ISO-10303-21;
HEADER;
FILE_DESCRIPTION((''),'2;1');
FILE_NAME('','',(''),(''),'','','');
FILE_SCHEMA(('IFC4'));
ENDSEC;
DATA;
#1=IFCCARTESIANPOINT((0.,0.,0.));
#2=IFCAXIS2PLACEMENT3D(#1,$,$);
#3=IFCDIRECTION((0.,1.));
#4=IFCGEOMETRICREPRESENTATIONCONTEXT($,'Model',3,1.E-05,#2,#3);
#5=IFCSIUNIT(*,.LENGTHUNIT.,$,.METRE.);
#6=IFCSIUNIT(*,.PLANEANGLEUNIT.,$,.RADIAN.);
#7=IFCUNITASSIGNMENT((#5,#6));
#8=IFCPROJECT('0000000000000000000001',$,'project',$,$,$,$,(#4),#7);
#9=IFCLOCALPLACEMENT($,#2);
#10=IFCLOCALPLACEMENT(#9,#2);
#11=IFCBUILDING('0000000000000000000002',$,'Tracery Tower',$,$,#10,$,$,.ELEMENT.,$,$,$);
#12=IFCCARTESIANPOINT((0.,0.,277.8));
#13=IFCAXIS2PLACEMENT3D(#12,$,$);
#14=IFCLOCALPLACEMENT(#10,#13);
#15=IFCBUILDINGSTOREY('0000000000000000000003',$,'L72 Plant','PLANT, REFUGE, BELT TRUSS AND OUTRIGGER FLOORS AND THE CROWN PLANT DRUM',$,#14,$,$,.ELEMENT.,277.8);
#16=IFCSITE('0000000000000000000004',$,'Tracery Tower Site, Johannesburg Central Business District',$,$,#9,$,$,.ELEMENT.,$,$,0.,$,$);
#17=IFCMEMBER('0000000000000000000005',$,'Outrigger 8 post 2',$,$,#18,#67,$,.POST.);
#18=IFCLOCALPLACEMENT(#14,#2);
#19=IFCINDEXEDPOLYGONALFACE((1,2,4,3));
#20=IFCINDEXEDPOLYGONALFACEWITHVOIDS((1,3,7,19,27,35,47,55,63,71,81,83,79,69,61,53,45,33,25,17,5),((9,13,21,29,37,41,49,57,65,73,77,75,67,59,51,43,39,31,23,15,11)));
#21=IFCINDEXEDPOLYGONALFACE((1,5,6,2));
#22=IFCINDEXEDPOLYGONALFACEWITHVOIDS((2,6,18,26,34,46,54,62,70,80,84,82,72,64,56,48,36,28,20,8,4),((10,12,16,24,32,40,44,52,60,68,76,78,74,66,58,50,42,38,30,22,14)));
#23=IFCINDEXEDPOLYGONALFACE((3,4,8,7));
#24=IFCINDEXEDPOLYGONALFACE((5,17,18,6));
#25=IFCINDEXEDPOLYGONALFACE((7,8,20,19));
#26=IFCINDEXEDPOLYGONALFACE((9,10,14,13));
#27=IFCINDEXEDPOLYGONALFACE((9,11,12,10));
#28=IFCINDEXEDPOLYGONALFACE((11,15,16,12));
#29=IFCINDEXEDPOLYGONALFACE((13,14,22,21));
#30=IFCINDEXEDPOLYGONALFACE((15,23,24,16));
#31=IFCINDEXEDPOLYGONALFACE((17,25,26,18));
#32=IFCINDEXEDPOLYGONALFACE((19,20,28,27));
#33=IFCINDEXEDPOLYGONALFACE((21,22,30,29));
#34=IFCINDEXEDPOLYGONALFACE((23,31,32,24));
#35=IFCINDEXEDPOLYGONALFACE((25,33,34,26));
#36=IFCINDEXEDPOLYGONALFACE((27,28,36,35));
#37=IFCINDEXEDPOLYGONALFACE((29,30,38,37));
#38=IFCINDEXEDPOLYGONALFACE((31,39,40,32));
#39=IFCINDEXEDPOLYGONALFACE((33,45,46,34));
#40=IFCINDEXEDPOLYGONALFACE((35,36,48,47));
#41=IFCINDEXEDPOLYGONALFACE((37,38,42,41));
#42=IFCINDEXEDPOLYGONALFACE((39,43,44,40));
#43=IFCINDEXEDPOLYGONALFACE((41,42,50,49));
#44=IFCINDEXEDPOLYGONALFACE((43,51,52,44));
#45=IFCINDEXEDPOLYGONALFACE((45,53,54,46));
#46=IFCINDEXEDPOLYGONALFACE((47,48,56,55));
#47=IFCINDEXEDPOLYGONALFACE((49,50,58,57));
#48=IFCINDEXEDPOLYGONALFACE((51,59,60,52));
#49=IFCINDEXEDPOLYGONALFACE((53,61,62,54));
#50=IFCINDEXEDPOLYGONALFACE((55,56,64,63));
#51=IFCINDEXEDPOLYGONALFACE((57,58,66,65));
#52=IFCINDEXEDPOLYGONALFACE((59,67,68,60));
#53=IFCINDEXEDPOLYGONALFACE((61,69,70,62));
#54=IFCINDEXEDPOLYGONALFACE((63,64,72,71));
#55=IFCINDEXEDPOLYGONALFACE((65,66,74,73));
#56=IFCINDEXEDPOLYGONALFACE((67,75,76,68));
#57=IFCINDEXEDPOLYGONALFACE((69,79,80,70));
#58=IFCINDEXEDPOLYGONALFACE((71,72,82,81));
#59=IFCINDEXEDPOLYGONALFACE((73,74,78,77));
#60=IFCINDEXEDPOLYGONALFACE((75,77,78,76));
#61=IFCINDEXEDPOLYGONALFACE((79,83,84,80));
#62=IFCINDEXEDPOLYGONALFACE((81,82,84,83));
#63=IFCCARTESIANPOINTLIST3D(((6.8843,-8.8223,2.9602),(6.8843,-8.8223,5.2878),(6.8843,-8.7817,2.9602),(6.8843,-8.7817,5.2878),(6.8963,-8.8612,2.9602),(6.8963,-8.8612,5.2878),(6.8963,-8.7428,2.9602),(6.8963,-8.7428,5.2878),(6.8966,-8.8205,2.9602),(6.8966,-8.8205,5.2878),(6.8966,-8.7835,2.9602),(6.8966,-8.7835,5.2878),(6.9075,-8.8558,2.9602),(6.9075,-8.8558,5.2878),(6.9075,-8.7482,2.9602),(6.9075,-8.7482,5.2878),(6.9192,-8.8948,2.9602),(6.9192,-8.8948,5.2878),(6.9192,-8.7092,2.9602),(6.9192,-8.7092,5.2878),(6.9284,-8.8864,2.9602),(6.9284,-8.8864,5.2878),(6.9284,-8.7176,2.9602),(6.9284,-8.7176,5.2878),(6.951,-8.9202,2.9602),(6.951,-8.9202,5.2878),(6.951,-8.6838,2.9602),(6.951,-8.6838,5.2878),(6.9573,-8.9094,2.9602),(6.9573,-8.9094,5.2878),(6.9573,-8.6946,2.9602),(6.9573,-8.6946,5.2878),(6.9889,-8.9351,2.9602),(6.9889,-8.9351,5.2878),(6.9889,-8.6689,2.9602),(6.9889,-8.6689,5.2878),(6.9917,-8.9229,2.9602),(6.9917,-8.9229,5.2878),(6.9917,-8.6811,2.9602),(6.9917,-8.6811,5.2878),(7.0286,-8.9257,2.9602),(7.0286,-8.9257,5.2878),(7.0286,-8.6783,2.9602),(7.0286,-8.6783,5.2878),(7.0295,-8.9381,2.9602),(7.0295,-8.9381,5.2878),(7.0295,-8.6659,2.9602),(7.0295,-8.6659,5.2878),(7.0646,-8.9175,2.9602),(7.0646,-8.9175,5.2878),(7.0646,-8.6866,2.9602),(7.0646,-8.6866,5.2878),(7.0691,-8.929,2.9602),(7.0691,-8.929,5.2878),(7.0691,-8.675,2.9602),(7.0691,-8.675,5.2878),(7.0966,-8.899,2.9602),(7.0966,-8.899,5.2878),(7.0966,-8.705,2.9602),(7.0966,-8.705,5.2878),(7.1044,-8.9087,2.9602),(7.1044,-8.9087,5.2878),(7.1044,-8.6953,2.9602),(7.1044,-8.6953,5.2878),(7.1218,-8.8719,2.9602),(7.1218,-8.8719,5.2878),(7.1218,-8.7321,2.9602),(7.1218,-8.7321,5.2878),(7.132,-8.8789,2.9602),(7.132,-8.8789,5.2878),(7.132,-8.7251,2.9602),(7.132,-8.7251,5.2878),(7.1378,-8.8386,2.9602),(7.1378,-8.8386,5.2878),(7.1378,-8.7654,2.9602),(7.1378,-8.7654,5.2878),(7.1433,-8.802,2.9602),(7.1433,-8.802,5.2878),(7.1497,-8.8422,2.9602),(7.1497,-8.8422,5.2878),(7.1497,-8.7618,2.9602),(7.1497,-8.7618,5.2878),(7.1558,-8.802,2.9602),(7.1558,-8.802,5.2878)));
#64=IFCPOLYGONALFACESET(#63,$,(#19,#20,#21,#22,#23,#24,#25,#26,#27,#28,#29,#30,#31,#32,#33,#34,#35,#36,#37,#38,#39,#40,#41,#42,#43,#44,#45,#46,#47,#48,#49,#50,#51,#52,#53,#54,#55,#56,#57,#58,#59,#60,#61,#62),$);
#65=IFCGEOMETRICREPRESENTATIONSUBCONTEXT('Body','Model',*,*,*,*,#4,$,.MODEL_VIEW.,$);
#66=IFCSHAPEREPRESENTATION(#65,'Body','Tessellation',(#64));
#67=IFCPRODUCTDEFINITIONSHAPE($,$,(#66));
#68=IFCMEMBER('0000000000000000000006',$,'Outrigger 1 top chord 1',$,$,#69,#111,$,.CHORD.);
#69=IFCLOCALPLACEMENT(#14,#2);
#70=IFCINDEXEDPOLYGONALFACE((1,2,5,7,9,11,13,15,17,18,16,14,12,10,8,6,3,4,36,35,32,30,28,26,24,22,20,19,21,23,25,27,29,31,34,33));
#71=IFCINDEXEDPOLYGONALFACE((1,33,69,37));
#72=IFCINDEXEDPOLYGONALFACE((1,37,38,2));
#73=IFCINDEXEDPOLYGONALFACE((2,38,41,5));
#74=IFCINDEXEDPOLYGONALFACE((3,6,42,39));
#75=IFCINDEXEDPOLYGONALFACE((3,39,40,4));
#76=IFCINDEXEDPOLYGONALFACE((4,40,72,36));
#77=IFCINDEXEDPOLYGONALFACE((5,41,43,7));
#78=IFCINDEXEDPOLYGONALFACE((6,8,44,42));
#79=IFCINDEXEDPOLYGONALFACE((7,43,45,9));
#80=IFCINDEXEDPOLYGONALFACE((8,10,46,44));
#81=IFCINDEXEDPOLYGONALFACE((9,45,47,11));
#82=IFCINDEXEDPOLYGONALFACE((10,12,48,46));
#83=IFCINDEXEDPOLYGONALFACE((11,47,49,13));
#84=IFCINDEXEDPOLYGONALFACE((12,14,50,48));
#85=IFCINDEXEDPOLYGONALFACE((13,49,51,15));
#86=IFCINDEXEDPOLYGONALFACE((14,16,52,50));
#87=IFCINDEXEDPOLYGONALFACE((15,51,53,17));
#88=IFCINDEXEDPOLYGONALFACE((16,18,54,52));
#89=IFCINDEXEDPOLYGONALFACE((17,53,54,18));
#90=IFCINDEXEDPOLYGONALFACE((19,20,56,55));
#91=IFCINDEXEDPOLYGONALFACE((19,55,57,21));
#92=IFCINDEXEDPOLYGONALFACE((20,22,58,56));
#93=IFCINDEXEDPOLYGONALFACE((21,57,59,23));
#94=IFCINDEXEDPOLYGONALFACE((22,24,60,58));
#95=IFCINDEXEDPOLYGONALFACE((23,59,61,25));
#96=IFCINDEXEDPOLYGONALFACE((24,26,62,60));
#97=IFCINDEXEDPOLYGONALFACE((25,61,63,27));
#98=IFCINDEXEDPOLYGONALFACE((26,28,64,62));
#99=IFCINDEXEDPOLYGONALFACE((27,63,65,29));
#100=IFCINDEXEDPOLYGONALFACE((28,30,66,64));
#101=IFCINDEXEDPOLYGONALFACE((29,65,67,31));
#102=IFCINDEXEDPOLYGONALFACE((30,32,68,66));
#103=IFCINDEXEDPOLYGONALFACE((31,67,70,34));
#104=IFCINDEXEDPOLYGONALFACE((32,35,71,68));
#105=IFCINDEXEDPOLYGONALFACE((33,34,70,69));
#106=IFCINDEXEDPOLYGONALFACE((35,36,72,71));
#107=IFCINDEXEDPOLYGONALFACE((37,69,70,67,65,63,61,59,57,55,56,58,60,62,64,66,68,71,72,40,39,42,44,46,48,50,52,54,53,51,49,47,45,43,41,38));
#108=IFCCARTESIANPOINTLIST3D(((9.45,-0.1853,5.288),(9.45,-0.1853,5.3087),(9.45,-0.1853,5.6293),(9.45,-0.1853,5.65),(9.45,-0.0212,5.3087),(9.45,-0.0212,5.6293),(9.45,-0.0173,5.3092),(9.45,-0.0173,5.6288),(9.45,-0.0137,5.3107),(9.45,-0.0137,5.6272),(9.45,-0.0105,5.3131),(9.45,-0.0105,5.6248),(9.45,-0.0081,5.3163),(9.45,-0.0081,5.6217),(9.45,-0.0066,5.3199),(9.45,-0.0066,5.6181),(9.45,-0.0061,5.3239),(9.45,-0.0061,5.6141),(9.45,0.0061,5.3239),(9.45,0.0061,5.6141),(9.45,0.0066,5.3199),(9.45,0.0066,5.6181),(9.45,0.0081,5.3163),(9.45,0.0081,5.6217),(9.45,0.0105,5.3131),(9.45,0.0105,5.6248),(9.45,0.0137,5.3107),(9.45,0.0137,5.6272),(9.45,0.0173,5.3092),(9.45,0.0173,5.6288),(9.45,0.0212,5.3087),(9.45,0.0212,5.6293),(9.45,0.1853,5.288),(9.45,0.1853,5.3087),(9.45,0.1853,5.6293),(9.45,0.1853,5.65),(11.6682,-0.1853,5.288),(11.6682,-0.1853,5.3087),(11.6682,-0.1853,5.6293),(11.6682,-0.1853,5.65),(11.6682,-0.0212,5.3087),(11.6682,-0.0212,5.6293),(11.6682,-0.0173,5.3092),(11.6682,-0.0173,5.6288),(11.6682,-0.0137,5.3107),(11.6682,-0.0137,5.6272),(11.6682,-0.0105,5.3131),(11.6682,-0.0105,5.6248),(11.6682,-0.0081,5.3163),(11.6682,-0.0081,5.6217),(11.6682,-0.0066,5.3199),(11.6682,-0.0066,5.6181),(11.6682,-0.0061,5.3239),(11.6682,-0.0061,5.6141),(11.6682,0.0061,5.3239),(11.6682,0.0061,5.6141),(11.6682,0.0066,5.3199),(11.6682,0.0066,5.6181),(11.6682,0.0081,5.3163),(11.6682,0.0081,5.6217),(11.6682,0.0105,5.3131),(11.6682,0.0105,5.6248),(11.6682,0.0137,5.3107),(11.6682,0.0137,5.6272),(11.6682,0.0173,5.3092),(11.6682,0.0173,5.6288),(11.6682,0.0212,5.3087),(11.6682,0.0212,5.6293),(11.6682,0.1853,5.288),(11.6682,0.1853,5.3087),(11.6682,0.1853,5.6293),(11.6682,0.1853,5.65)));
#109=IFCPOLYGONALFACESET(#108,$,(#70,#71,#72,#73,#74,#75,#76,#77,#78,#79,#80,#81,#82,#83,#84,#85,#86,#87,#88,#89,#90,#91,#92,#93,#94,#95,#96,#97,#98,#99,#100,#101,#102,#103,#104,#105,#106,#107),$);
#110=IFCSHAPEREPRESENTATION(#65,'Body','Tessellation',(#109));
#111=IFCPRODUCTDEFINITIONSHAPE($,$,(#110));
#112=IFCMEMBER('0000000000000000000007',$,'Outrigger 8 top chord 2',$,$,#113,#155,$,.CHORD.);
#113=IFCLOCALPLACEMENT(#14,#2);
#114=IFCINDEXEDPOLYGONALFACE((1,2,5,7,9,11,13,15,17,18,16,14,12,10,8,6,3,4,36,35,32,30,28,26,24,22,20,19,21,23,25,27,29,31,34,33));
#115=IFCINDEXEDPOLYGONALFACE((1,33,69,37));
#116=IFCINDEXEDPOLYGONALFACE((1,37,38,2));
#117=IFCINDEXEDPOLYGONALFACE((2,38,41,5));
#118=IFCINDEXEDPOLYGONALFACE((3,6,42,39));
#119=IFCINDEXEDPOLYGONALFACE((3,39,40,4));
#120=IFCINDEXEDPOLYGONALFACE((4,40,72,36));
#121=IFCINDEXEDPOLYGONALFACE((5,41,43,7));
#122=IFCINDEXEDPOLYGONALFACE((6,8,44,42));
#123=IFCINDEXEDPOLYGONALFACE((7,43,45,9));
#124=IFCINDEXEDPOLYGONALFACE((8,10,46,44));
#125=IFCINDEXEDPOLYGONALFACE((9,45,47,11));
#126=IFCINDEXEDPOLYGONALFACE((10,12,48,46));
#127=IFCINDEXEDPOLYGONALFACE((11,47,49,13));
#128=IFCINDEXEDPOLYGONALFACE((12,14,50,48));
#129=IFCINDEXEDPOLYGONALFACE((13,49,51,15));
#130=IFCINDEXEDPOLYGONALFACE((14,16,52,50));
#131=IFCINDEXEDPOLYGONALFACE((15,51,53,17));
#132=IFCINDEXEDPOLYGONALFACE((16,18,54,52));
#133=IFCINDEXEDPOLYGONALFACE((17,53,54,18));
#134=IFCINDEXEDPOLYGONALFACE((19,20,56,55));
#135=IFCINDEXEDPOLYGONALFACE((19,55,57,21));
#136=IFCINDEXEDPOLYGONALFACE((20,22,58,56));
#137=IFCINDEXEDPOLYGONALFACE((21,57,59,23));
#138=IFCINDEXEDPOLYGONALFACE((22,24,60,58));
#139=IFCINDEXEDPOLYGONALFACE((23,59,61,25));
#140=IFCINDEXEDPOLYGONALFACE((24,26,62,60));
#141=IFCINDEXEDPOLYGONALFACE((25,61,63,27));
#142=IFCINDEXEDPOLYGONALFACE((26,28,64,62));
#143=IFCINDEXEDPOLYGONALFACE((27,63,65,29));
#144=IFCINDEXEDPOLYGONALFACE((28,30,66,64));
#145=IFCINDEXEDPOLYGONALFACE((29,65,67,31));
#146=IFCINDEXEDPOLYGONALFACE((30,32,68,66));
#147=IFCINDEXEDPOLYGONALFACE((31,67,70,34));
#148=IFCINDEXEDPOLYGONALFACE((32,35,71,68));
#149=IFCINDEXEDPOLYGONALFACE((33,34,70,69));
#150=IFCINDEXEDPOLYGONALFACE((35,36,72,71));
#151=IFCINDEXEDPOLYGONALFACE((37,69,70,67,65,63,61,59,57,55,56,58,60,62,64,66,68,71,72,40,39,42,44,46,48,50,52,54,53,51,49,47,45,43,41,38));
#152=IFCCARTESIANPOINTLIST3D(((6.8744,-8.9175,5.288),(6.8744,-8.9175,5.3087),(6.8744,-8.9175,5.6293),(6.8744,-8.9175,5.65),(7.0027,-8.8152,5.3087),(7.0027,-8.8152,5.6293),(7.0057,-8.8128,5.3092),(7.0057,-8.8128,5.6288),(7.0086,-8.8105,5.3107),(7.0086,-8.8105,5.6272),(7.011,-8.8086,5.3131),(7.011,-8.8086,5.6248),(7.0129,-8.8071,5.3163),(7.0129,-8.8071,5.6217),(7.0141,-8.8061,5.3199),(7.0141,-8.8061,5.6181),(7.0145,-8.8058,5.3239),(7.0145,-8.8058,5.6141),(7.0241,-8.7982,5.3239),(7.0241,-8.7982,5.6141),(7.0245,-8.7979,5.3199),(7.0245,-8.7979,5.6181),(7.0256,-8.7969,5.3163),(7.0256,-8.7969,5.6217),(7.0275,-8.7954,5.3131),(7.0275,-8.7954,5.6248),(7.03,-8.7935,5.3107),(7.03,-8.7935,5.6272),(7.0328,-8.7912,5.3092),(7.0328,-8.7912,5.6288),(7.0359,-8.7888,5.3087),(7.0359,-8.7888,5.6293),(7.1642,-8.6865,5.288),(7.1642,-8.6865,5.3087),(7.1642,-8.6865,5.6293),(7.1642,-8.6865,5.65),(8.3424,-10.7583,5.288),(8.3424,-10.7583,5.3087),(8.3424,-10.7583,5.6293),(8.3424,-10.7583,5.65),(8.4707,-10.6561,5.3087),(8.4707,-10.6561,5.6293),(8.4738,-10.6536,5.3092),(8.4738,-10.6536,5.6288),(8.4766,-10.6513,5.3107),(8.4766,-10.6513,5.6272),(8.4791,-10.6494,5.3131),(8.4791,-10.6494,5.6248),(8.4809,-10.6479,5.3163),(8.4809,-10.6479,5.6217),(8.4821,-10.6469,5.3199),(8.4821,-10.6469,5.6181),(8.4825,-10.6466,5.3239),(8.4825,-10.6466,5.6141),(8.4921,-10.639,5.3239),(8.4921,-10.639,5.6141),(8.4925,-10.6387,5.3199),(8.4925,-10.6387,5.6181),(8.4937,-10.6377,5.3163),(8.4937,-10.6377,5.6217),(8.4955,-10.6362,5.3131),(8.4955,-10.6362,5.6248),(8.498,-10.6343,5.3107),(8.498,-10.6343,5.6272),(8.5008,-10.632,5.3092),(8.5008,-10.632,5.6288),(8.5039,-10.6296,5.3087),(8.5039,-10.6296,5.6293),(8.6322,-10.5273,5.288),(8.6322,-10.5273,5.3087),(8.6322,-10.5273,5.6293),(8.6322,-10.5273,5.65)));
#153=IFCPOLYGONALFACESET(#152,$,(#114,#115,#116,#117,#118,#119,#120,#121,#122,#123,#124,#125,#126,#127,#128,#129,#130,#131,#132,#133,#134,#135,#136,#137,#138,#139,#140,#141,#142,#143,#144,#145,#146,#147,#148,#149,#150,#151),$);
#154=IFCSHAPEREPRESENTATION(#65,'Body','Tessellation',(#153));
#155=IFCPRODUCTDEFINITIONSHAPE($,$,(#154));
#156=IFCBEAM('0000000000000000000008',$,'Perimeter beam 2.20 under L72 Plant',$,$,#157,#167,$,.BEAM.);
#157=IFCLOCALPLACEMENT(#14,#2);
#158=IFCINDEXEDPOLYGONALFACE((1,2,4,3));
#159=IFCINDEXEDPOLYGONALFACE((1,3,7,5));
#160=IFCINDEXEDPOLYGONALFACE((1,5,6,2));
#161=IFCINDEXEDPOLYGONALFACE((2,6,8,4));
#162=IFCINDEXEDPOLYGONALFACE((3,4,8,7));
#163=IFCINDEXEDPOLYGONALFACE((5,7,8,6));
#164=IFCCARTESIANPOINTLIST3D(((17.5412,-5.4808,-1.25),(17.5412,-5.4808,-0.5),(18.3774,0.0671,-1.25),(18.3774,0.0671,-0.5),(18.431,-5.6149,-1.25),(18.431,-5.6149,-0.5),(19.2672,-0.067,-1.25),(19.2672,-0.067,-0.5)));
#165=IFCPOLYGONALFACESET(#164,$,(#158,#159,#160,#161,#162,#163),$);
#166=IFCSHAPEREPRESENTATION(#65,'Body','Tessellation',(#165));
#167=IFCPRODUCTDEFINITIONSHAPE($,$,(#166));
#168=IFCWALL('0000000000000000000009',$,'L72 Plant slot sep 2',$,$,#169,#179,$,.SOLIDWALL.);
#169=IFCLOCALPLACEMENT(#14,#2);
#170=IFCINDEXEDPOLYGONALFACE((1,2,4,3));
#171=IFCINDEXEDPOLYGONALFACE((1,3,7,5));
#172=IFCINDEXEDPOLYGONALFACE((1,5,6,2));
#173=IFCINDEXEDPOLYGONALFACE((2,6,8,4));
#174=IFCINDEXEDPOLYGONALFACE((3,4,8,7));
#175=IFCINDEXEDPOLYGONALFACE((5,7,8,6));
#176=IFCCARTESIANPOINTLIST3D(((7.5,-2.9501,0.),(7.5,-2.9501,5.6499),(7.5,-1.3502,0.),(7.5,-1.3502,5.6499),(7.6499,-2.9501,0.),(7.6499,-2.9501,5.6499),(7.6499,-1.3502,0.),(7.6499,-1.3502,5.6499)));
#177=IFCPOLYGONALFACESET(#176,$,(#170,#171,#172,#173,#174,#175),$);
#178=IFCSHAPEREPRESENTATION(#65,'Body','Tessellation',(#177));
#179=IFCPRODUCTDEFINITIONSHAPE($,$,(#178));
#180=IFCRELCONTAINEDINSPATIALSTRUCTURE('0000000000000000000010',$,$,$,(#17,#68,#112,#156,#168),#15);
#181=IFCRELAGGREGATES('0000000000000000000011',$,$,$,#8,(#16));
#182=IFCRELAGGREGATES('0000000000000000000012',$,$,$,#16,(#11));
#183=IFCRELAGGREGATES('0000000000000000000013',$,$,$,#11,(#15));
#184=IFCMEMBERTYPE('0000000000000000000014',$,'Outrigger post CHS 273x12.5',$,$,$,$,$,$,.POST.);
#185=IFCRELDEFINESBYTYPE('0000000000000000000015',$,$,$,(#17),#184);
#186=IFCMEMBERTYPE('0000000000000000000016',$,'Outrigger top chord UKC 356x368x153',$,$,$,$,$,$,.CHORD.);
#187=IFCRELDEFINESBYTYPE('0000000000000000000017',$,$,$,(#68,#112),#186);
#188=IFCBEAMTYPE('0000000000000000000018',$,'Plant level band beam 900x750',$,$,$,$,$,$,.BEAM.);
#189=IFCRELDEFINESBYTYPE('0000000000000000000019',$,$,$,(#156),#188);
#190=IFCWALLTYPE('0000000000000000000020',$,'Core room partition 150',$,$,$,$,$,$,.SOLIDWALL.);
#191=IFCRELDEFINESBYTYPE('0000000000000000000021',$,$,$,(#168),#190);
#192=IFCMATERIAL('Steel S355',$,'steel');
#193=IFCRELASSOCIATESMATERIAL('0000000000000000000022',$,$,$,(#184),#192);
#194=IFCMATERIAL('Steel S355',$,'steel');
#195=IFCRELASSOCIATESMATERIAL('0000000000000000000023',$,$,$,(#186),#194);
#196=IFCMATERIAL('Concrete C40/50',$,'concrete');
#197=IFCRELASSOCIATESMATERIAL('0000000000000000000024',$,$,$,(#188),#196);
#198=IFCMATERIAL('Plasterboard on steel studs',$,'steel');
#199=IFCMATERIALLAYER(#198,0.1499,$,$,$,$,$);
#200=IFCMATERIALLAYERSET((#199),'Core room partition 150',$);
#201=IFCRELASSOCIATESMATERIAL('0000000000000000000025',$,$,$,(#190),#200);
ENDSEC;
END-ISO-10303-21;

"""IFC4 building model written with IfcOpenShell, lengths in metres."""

from ifc_helpers import new_model, si_unit, direction, frame, frame_2d, origin, origin_2d, place, context, subcontext, project, spatial, rectangle, hollow_circle, i_section, extrude, material, layer, layer_set, material_profile, profile_set, type_object, element, save


model = new_model("IFC4")

# Units and contexts
model_context = context("Model", 3, precision=1e-05, world=origin(), true_north=direction((0.0, 1.0)))
body_context = subcontext(model_context, "Body", "Model", "MODEL_VIEW")
ifc_project = project(units=[si_unit("LENGTHUNIT", "METRE"), si_unit("PLANEANGLEUNIT", "RADIAN")], contexts=[model_context])

# Site, building, storey
site_placement = place(None, origin())
site = spatial("IfcSite", under=ifc_project, at=site_placement, Name="Tracery Tower Site, Johannesburg Central Business District", CompositionType="ELEMENT", RefElevation=0.0)
building_placement = place(site_placement, origin())
building = spatial("IfcBuilding", under=site, at=building_placement, Name="Tracery Tower", CompositionType="ELEMENT")
storey_placement = place(building_placement, frame((0.0, 0.0, 277.8)))
storey = spatial("IfcBuildingStorey", under=building, at=storey_placement, Name="L72 Plant", Description="PLANT, REFUGE, BELT TRUSS AND OUTRIGGER FLOORS AND THE CROWN PLANT DRUM", CompositionType="ELEMENT", Elevation=277.8)

# Members
ifc_material_1 = material(Name="Steel S355", Category="steel")
ifc_material_profile_1 = material_profile(ifc_material_1, hollow_circle(Radius=0.1365, WallThickness=0.0125, at=origin_2d()), Name="CHS 273x12.5")
ifc_profile_set_1 = profile_set([ifc_material_profile_1], Name="Steel S355")
member_type_1 = type_object("IfcMemberType", Name="Outrigger post CHS 273x12.5", PredefinedType="POST", material=ifc_profile_set_1)
for number, where, z_axis, x_axis, name in (
    (1, (7.0193, -8.802, 2.9602), (0.0, 0.0, 1.0), (1.0, 0.0, 0.0), "Outrigger 8 post 2"),
):
    element("IfcMember", number, at=place(storey_placement, frame(where, z_axis=z_axis, x_axis=x_axis)), inside=storey, type_object=member_type_1, Name=name, PredefinedType="POST", context=body_context, shape_type="SweptSolid", body=[
        extrude(hollow_circle(Radius=0.1365, WallThickness=0.0125, at=origin_2d()), origin(), (0.0, 0.0, 1.0), 2.3276),
    ])
ifc_material_2 = material(Name="Steel S355", Category="steel")
ifc_material_profile_2 = material_profile(ifc_material_2, i_section(OverallWidth=0.3706, OverallDepth=0.3621, WebThickness=0.0122, FlangeThickness=0.0208, FilletRadius=0.0151, at=origin_2d()), Name="UKC 356x368x153")
ifc_profile_set_2 = profile_set([ifc_material_profile_2], Name="Steel S355")
member_type_2 = type_object("IfcMemberType", Name="Outrigger top chord UKC 356x368x153", PredefinedType="CHORD", material=ifc_profile_set_2)
member_1_placement = place(storey_placement, frame((9.45, 0.0, 5.469), z_axis=(1.0, 0.0, 0.0), x_axis=(0.0, 1.0, 0.0)))
element("IfcMember", 2, at=member_1_placement, inside=storey, type_object=member_type_2, Name="Outrigger 1 top chord 1", PredefinedType="CHORD", context=body_context, shape_type="SweptSolid", body=[
    extrude(i_section(OverallWidth=0.3706, OverallDepth=0.3621, WebThickness=0.0122, FlangeThickness=0.0208, FilletRadius=0.0151, at=origin_2d()), origin(), (0.0, 0.0, 1.0), 2.2183),
])
member_2_placement = place(storey_placement, frame((7.0193, -8.802, 5.469), z_axis=(0.623493, -0.781829, 0.0), x_axis=(0.781829, 0.623493, 0.0)))
element("IfcMember", 3, at=member_2_placement, inside=storey, type_object=member_type_2, Name="Outrigger 8 top chord 2", PredefinedType="CHORD", context=body_context, shape_type="SweptSolid", body=[
    extrude(i_section(OverallWidth=0.3706, OverallDepth=0.3621, WebThickness=0.0122, FlangeThickness=0.0208, FilletRadius=0.0151, at=origin_2d()), origin(), (0.0, 0.0, 1.0), 2.3545),
])

# Beam
ifc_material_3 = material(Name="Concrete C40/50", Category="concrete")
ifc_material_profile_3 = material_profile(ifc_material_3, rectangle(XDim=0.8999, YDim=0.75, at=origin_2d()), Name="RC 900x750")
ifc_profile_set_3 = profile_set([ifc_material_profile_3], Name="Concrete C40/50")
beam_type_1 = type_object("IfcBeamType", Name="Plant level band beam 900x750", PredefinedType="BEAM", material=ifc_profile_set_3)
beam_1_placement = place(storey_placement, frame((17.9861, -5.5479, -0.875), z_axis=(0.149038, 0.988831, 0.0), x_axis=(-0.988831, 0.149038, 0.0)))
element("IfcBeam", 4, at=beam_1_placement, inside=storey, type_object=beam_type_1, Name="Perimeter beam 2.20 under L72 Plant", PredefinedType="BEAM", context=body_context, shape_type="SweptSolid", body=[
    extrude(rectangle(XDim=0.8999, YDim=0.75, at=origin_2d()), origin(), (0.0, 0.0, 1.0), 5.6106),
])

# Wall
ifc_material_4 = material(Name="Plasterboard on steel studs", Category="steel")
ifc_layer_1 = layer(ifc_material_4, 0.1499)
ifc_layer_set_1 = layer_set([ifc_layer_1], Name="Core room partition 150")
wall_type_1 = type_object("IfcWallType", Name="Core room partition 150", PredefinedType="SOLIDWALL", material=ifc_layer_set_1)
wall_1_placement = place(storey_placement, frame((7.575, -2.95, 0.0), z_axis=(0.0, 0.0, 1.0), x_axis=(0.0, 1.0, 0.0)))
element("IfcWall", 5, at=wall_1_placement, inside=storey, type_object=wall_type_1, Name="L72 Plant slot sep 2", PredefinedType="SOLIDWALL", context=body_context, shape_type="SweptSolid", body=[
    extrude(rectangle(XDim=1.5999, YDim=0.1499, at=frame_2d((0.7998, 0.0))), origin(), (0.0, 0.0, 1.0), 5.6499),
])

save(model, "model.ifc")
